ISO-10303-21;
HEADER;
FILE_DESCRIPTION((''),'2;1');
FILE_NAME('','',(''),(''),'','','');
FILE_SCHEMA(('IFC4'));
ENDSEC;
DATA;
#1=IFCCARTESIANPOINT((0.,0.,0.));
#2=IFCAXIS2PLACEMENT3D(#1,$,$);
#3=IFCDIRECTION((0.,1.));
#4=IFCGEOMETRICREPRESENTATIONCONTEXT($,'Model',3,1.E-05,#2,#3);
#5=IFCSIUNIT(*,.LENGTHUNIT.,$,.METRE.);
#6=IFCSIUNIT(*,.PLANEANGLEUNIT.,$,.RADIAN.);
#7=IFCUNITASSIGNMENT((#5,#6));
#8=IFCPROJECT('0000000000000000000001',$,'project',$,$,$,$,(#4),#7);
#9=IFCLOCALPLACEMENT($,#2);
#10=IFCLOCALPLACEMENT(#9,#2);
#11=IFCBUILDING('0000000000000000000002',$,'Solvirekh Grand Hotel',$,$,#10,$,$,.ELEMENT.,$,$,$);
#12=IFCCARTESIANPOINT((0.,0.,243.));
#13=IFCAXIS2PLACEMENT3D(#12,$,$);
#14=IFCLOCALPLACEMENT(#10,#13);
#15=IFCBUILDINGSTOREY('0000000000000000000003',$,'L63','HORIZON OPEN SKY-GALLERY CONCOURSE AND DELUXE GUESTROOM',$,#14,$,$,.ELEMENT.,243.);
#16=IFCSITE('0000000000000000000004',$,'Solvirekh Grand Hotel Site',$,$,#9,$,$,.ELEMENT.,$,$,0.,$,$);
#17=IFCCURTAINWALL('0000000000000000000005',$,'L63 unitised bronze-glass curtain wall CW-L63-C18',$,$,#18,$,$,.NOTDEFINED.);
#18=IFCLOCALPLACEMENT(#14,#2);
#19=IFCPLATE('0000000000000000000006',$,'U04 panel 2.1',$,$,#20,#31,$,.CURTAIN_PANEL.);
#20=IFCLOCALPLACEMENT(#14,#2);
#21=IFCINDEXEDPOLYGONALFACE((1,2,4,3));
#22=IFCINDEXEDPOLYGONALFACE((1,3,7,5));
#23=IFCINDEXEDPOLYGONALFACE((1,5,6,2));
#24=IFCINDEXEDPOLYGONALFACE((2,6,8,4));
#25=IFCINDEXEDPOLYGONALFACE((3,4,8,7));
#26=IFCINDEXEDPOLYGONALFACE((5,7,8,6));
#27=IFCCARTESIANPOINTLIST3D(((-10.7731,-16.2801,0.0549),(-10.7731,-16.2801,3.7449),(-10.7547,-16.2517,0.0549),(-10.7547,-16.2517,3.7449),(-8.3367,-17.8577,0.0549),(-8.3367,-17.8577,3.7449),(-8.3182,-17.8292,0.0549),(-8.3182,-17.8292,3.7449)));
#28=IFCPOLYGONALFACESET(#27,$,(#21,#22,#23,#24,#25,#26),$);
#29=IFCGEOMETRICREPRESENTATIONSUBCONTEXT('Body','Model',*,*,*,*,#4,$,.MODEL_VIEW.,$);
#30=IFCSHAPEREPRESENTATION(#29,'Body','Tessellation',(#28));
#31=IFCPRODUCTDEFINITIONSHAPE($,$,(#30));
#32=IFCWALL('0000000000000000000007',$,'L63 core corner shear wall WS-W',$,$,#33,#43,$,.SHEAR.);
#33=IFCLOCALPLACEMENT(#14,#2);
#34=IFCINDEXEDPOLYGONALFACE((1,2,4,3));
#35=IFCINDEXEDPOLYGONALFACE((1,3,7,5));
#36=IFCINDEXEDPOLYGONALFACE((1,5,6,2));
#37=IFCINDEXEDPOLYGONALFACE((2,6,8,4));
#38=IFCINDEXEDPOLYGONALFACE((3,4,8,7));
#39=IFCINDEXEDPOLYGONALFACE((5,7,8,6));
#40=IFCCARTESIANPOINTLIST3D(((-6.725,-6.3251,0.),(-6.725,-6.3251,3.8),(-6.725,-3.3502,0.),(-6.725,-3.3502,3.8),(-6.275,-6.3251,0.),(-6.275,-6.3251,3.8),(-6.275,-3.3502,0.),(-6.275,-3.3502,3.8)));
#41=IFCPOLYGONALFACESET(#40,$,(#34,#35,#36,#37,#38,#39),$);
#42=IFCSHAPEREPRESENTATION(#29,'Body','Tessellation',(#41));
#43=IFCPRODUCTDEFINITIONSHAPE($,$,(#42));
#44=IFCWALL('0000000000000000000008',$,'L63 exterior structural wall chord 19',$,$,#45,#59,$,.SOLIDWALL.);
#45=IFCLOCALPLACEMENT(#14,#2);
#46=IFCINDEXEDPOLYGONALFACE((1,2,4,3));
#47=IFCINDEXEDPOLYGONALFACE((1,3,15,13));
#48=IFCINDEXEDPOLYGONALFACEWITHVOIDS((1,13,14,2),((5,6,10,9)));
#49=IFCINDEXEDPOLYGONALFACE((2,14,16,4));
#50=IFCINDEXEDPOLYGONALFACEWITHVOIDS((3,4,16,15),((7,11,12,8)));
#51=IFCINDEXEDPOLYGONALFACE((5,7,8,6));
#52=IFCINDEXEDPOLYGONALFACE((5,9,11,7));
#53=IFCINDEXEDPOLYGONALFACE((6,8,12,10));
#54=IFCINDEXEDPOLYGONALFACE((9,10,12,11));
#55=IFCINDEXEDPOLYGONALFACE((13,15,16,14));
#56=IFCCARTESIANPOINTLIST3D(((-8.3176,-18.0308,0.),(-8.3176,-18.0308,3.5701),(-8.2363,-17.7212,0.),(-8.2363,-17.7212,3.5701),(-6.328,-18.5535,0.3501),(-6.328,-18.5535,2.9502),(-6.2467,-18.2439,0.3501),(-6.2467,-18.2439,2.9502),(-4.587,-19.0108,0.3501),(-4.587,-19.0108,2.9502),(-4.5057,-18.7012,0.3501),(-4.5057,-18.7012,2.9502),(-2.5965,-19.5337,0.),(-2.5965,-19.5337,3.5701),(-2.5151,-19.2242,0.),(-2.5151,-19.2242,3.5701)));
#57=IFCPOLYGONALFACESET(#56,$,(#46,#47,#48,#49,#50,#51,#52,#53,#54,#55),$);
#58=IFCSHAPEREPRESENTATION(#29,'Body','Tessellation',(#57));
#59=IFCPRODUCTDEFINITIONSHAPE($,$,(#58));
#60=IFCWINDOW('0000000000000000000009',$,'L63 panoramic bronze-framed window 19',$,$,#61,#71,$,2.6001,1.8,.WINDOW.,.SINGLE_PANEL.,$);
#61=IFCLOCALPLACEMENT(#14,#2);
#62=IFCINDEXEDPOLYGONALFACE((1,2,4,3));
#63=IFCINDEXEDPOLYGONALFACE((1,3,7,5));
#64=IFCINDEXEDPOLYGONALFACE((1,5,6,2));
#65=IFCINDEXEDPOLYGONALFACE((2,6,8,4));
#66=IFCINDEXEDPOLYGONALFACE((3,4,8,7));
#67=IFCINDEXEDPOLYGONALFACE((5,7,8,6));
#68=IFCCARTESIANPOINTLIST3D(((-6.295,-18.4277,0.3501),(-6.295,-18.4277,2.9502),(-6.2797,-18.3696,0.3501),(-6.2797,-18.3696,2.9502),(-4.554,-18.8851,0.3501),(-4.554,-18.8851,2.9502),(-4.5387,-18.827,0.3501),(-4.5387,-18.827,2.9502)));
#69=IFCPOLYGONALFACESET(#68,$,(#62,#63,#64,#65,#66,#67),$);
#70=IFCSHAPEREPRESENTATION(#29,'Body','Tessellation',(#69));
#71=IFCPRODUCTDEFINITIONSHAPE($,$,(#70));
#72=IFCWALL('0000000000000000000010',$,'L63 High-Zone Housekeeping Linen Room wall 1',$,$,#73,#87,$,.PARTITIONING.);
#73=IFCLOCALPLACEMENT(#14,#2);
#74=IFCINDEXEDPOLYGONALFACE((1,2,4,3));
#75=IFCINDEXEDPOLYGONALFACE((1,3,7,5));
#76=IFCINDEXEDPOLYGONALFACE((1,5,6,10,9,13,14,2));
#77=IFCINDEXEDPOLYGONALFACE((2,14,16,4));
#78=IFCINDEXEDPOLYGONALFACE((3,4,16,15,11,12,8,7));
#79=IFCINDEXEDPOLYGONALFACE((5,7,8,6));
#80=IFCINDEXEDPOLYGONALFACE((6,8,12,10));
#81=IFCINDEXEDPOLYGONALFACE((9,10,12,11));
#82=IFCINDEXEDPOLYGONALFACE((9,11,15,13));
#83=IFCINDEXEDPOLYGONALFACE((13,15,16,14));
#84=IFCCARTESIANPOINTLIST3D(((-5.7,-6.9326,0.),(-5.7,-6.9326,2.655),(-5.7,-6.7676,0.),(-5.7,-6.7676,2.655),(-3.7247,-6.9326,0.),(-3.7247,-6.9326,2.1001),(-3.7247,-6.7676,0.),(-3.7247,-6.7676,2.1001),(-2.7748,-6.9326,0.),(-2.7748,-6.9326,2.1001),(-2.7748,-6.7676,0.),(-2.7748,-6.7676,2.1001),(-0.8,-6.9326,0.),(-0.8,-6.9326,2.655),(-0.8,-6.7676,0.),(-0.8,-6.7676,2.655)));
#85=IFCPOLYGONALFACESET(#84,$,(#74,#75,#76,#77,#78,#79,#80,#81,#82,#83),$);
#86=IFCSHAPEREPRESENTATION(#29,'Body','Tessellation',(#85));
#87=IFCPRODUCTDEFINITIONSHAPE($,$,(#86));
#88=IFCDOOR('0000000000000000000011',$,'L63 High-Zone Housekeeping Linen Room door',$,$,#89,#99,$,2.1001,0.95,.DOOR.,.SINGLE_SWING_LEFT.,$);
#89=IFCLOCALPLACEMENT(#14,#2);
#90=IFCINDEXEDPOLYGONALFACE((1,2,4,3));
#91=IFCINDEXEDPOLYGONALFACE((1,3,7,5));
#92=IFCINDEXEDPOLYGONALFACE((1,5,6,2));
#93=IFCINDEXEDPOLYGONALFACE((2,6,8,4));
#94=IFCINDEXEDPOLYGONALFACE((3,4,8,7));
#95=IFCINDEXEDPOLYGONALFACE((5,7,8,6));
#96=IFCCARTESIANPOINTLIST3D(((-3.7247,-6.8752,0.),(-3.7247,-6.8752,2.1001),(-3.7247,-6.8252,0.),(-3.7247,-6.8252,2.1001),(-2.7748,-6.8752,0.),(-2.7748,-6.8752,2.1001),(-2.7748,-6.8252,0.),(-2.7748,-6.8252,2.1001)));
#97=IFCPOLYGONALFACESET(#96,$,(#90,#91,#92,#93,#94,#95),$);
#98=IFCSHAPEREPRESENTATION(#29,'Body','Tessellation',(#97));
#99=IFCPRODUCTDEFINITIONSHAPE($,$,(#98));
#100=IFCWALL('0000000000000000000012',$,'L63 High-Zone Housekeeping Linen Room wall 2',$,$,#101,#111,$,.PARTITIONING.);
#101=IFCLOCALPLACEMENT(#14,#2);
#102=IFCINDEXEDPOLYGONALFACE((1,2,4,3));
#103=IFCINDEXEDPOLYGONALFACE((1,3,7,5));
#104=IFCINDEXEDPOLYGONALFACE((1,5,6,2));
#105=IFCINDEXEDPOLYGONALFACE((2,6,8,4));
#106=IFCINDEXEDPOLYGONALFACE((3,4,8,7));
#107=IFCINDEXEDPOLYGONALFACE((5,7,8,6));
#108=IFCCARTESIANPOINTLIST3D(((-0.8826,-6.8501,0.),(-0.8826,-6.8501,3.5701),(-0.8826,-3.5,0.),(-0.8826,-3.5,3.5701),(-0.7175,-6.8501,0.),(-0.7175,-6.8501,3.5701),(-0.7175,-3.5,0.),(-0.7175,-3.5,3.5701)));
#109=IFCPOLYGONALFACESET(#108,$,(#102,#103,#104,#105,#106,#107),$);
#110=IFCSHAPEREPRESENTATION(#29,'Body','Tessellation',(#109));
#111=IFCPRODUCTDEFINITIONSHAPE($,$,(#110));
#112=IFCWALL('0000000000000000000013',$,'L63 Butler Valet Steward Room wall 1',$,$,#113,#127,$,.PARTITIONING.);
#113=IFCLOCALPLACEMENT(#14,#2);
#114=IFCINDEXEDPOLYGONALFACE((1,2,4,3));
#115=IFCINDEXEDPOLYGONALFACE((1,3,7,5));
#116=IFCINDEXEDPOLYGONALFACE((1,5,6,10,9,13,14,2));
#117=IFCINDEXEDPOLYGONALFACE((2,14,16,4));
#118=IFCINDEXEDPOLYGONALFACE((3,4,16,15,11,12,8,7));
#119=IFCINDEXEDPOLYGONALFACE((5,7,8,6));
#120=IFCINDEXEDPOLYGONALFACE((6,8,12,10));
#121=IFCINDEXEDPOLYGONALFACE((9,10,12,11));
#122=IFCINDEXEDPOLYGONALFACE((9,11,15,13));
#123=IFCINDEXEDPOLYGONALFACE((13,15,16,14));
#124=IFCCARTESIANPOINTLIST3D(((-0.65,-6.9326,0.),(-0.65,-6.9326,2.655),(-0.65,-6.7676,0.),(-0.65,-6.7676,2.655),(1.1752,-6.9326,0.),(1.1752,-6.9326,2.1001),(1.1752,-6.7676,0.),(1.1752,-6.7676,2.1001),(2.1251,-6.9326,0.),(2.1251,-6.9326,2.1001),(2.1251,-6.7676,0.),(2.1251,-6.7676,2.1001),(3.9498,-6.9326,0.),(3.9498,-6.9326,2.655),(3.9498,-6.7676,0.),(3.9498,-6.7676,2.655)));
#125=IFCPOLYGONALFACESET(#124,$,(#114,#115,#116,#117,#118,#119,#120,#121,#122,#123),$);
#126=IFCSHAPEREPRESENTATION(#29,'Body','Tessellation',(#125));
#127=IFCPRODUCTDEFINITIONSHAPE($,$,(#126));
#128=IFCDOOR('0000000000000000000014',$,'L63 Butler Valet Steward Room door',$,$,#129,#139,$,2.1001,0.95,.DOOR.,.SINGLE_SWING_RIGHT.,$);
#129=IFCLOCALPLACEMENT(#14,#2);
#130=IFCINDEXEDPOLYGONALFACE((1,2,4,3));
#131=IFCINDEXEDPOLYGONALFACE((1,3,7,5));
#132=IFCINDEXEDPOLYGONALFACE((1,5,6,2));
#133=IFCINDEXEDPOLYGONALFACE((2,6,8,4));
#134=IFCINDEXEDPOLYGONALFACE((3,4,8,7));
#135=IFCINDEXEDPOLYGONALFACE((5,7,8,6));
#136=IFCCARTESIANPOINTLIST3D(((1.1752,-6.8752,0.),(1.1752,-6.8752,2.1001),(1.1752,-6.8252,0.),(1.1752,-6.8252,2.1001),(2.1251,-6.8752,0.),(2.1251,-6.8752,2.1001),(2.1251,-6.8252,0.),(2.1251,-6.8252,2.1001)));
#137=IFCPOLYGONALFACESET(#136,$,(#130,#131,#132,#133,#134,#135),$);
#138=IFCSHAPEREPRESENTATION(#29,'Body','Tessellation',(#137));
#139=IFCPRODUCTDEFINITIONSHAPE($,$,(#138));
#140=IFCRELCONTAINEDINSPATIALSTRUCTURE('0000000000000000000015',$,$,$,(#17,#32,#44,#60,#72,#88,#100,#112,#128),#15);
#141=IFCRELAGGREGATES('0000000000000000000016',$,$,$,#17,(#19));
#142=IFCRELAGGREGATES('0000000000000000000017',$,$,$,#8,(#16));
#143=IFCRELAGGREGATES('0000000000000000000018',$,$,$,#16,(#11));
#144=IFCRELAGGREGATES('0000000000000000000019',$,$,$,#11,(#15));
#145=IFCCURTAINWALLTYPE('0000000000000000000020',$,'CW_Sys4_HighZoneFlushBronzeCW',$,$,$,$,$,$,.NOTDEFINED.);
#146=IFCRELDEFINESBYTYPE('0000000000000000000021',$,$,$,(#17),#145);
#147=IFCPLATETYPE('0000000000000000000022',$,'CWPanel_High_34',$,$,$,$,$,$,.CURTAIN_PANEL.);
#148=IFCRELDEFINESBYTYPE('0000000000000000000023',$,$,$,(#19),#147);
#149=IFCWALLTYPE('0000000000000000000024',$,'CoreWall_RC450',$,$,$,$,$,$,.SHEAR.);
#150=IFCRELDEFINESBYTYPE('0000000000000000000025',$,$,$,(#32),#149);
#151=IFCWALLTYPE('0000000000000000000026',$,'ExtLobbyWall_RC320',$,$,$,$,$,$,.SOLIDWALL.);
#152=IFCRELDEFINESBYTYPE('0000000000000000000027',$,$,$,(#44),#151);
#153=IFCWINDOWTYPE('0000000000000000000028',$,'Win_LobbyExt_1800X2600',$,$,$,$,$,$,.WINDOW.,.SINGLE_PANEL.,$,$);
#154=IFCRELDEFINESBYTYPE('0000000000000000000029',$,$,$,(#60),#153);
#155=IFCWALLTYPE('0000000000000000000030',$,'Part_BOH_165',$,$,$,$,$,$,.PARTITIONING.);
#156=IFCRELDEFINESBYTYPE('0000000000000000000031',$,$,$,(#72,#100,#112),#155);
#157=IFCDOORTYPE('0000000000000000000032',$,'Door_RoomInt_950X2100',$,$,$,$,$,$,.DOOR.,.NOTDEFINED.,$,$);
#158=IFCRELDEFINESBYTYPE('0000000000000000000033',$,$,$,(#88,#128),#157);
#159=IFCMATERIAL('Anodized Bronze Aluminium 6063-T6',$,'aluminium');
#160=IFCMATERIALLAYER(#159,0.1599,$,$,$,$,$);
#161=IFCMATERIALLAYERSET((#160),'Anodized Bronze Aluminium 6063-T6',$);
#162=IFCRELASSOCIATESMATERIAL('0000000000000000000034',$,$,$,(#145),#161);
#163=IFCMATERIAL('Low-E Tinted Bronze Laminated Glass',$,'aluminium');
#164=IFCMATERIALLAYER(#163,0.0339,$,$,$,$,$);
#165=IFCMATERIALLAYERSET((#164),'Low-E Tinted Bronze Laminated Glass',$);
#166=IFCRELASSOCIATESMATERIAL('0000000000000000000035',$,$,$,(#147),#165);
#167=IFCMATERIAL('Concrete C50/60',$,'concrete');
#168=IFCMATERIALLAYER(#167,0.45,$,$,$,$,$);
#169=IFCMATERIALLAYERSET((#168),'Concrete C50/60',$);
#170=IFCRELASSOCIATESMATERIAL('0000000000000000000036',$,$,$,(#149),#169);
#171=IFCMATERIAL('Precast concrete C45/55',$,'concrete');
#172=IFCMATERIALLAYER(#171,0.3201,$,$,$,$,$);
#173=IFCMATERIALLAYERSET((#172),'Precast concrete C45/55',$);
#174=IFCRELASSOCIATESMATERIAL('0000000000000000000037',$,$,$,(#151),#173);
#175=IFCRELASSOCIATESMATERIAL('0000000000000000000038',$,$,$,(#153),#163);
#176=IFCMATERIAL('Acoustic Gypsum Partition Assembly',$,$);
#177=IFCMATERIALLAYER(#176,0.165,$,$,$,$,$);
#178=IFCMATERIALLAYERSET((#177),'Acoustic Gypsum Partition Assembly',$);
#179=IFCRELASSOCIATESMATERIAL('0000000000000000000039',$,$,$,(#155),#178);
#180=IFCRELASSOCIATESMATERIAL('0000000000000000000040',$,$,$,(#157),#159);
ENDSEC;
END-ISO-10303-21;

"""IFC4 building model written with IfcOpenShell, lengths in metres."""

from ifc_helpers import new_model, si_unit, direction, frame, frame_2d, origin, origin_2d, place, context, subcontext, project, spatial, rectangle, extrude, source, transform, mapped, material, layer, layer_set, type_object, element, fill, aggregate, save


model = new_model("IFC4")

# Units and contexts
model_context = context("Model", 3, precision=1e-05, world=origin(), true_north=direction((0.0, 1.0)))
body_context = subcontext(model_context, "Body", "Model", "MODEL_VIEW")
ifc_project = project(units=[si_unit("LENGTHUNIT", "METRE"), si_unit("PLANEANGLEUNIT", "RADIAN")], contexts=[model_context])

# Site, building, storey
site_placement = place(None, origin())
site = spatial("IfcSite", under=ifc_project, at=site_placement, Name="Solvirekh Grand Hotel Site", CompositionType="ELEMENT", RefElevation=0.0)
building_placement = place(site_placement, origin())
building = spatial("IfcBuilding", under=site, at=building_placement, Name="Solvirekh Grand Hotel", CompositionType="ELEMENT")
storey_placement = place(building_placement, frame((0.0, 0.0, 243.0)))
storey = spatial("IfcBuildingStorey", under=building, at=storey_placement, Name="L63", Description="HORIZON OPEN SKY-GALLERY CONCOURSE AND DELUXE GUESTROOM", CompositionType="ELEMENT", Elevation=243.0)

# Shared definitions
ifc_material_1 = material(Name="Concrete C50/60", Category="concrete")

# Curtain wall, plate
ifc_material_2 = material(Name="Anodized Bronze Aluminium 6063-T6", Category="aluminium")
ifc_layer_1 = layer(ifc_material_2, 0.1599)
ifc_layer_set_1 = layer_set([ifc_layer_1], Name="Anodized Bronze Aluminium 6063-T6")
curtain_wall_type = type_object("IfcCurtainWallType", Name="CW_Sys4_HighZoneFlushBronzeCW", PredefinedType="NOTDEFINED", material=ifc_layer_set_1)
curtain_wall_placement = place(storey_placement, origin())
curtain_wall = element("IfcCurtainWall", 1, at=curtain_wall_placement, inside=storey, type_object=curtain_wall_type, Name="L63 unitised bronze-glass curtain wall CW-L63-C18", PredefinedType="NOTDEFINED")
ifc_material_3 = material(Name="Low-E Tinted Bronze Laminated Glass", Category="aluminium")
ifc_layer_2 = layer(ifc_material_3, 0.0339)
ifc_layer_set_2 = layer_set([ifc_layer_2], Name="Low-E Tinted Bronze Laminated Glass")
plate_type = type_object("IfcPlateType", Name="CWPanel_High_34", PredefinedType="CURTAIN_PANEL", material=ifc_layer_set_2)
shared_shape_1 = source(origin(), body_context, "Body", "SweptSolid", [
    extrude(rectangle(XDim=2.9026, YDim=0.0339, at=origin_2d()), origin(), (0.0, 0.0, 1.0), 3.6899),
])
plate_placement = place(storey_placement, frame((-9.5457, -17.0547, 0.0549), z_axis=(0.0, 0.0, 1.0), x_axis=(0.839404, -0.543508, 0.0)))
plate = element("IfcPlate", 2, at=plate_placement, type_object=plate_type, Name="U04 panel 2.1", PredefinedType="CURTAIN_PANEL", context=body_context, shape_type="MappedRepresentation", body=[
    mapped(shared_shape_1, transform((0.0, 0.0, 0.0), x_axis=(1.0, 0.0, 0.0), y_axis=(0.0, 1.0, 0.0), z_axis=(0.0, 0.0, 1.0), scale=1.0)),
])
aggregate(curtain_wall, [plate])

# Wall
ifc_layer_3 = layer(ifc_material_1, 0.45)
ifc_layer_set_3 = layer_set([ifc_layer_3], Name="Concrete C50/60")
wall_type_1 = type_object("IfcWallType", Name="CoreWall_RC450", PredefinedType="SHEAR", material=ifc_layer_set_3)
wall_1_placement = place(storey_placement, frame((-6.5, -6.325, 0.0), z_axis=(0.0, 0.0, 1.0), x_axis=(0.0, 1.0, 0.0)))
element("IfcWall", 3, at=wall_1_placement, inside=storey, type_object=wall_type_1, Name="L63 core corner shear wall WS-W", PredefinedType="SHEAR", context=body_context, shape_type="SweptSolid", body=[
    extrude(rectangle(XDim=2.9749, YDim=0.45, at=frame_2d((1.4873, 0.0))), origin(), (0.0, 0.0, 1.0), 3.8),
])

# Wall, opening, window
ifc_material_4 = material(Name="Precast concrete C45/55", Category="concrete")
ifc_layer_4 = layer(ifc_material_4, 0.3201)
ifc_layer_set_4 = layer_set([ifc_layer_4], Name="Precast concrete C45/55")
wall_type_2 = type_object("IfcWallType", Name="ExtLobbyWall_RC320", PredefinedType="SOLIDWALL", material=ifc_layer_set_4)
wall_2_placement = place(storey_placement, frame((-2.5559, -19.3789, 0.0), z_axis=(0.0, 0.0, 1.0), x_axis=(-0.967185, 0.254075, 0.0)))
wall_2 = element("IfcWall", 4, at=wall_2_placement, inside=storey, type_object=wall_type_2, Name="L63 exterior structural wall chord 19", PredefinedType="SOLIDWALL", context=body_context, shape_type="SweptSolid", body=[
    extrude(rectangle(XDim=5.9153, YDim=0.3201, at=frame_2d((2.9575, 0.0))), origin(), (0.0, 0.0, 1.0), 3.5701),
])
opening_1_placement = place(wall_2_placement, frame((2.0581, 0.0, 0.3501)))
opening_1 = element("IfcOpeningElement", 5, at=opening_1_placement, cuts=wall_2, PredefinedType="OPENING", context=body_context, shape_type="SweptSolid", body=[
    extrude(rectangle(XDim=1.8, YDim=2.6001, at=frame_2d((0.8999, 1.3))), frame((0.0, 0.1699, 0.0), z_axis=(0.0, -1.0, 0.0), x_axis=(1.0, 0.0, 0.0)), (0.0, 0.0, 1.0), 0.3401),
])
window_type = type_object("IfcWindowType", Name="Win_LobbyExt_1800X2600", PartitioningType="SINGLE_PANEL", PredefinedType="WINDOW", material=ifc_material_3)
window_placement = place(opening_1_placement, origin())
window = element("IfcWindow", 6, at=window_placement, inside=storey, type_object=window_type, Name="L63 panoramic bronze-framed window 19", OverallHeight=2.6001, OverallWidth=1.8, PartitioningType="SINGLE_PANEL", PredefinedType="WINDOW", context=body_context, shape_type="SweptSolid", body=[
    extrude(rectangle(XDim=1.8, YDim=2.6001, at=frame_2d((0.8999, 1.3))), frame((0.0, 0.03, 0.0), z_axis=(0.0, -1.0, 0.0), x_axis=(1.0, 0.0, 0.0)), (0.0, 0.0, 1.0), 0.0601),
])
fill(opening_1, window)

# Wall, opening, door
ifc_material_5 = material(Name="Acoustic Gypsum Partition Assembly")
ifc_layer_5 = layer(ifc_material_5, 0.165)
ifc_layer_set_5 = layer_set([ifc_layer_5], Name="Acoustic Gypsum Partition Assembly")
wall_type_3 = type_object("IfcWallType", Name="Part_BOH_165", PredefinedType="PARTITIONING", material=ifc_layer_set_5)
wall_3_placement = place(storey_placement, frame((-5.7, -6.8501, 0.0), z_axis=(0.0, 0.0, 1.0), x_axis=(1.0, 0.0, 0.0)))
wall_3 = element("IfcWall", 7, at=wall_3_placement, inside=storey, type_object=wall_type_3, Name="L63 High-Zone Housekeeping Linen Room wall 1", PredefinedType="PARTITIONING", context=body_context, shape_type="SweptSolid", body=[
    extrude(rectangle(XDim=4.8999, YDim=0.165, at=frame_2d((2.45, 0.0))), origin(), (0.0, 0.0, 1.0), 2.655),
])
opening_2_placement = place(wall_3_placement, frame((1.9751, 0.0, 0.0)))
opening_2 = element("IfcOpeningElement", 8, at=opening_2_placement, cuts=wall_3, PredefinedType="OPENING", context=body_context, shape_type="SweptSolid", body=[
    extrude(rectangle(XDim=0.95, YDim=2.1001, at=frame_2d((0.4751, 1.05))), frame((0.0, 0.0925, 0.0), z_axis=(0.0, -1.0, 0.0), x_axis=(1.0, 0.0, 0.0)), (0.0, 0.0, 1.0), 0.1851),
])
door_type = type_object("IfcDoorType", Name="Door_RoomInt_950X2100", OperationType="NOTDEFINED", PredefinedType="DOOR", material=ifc_material_2)
door_1_placement = place(opening_2_placement, origin())
door_1 = element("IfcDoor", 9, at=door_1_placement, inside=storey, type_object=door_type, Name="L63 High-Zone Housekeeping Linen Room door", OperationType="SINGLE_SWING_LEFT", OverallHeight=2.1001, OverallWidth=0.95, PredefinedType="DOOR", context=body_context, shape_type="SweptSolid", body=[
    extrude(rectangle(XDim=0.95, YDim=2.1001, at=frame_2d((0.4751, 1.05))), frame((0.0, 0.0249, 0.0), z_axis=(0.0, -1.0, 0.0), x_axis=(1.0, 0.0, 0.0)), (0.0, 0.0, 1.0), 0.05),
])
fill(opening_2, door_1)

# Wall
wall_4_placement = place(storey_placement, frame((-0.8, -6.8501, 0.0), z_axis=(0.0, 0.0, 1.0), x_axis=(0.0, 1.0, 0.0)))
element("IfcWall", 10, at=wall_4_placement, inside=storey, type_object=wall_type_3, Name="L63 High-Zone Housekeeping Linen Room wall 2", PredefinedType="PARTITIONING", context=body_context, shape_type="SweptSolid", body=[
    extrude(rectangle(XDim=3.3501, YDim=0.165, at=frame_2d((1.675, 0.0))), origin(), (0.0, 0.0, 1.0), 3.5701),
])

# Wall, opening, door
wall_5_placement = place(storey_placement, frame((-0.6499, -6.8501, 0.0), z_axis=(0.0, 0.0, 1.0), x_axis=(1.0, 0.0, 0.0)))
wall_5 = element("IfcWall", 11, at=wall_5_placement, inside=storey, type_object=wall_type_3, Name="L63 Butler Valet Steward Room wall 1", PredefinedType="PARTITIONING", context=body_context, shape_type="SweptSolid", body=[
    extrude(rectangle(XDim=4.5999, YDim=0.165, at=frame_2d((2.2998, 0.0))), origin(), (0.0, 0.0, 1.0), 2.655),
])
opening_3_placement = place(wall_5_placement, frame((1.825, 0.0, 0.0)))
opening_3 = element("IfcOpeningElement", 12, at=opening_3_placement, cuts=wall_5, PredefinedType="OPENING", context=body_context, shape_type="SweptSolid", body=[
    extrude(rectangle(XDim=0.95, YDim=2.1001, at=frame_2d((0.4751, 1.05))), frame((0.0, 0.0925, 0.0), z_axis=(0.0, -1.0, 0.0), x_axis=(1.0, 0.0, 0.0)), (0.0, 0.0, 1.0), 0.1851),
])
door_2_placement = place(opening_3_placement, origin())
door_2 = element("IfcDoor", 13, at=door_2_placement, inside=storey, type_object=door_type, Name="L63 Butler Valet Steward Room door", OperationType="SINGLE_SWING_RIGHT", OverallHeight=2.1001, OverallWidth=0.95, PredefinedType="DOOR", context=body_context, shape_type="SweptSolid", body=[
    extrude(rectangle(XDim=0.95, YDim=2.1001, at=frame_2d((0.4751, 1.05))), frame((0.0, 0.0249, 0.0), z_axis=(0.0, -1.0, 0.0), x_axis=(1.0, 0.0, 0.0)), (0.0, 0.0, 1.0), 0.05),
])
fill(opening_3, door_2)

save(model, "model.ifc")
